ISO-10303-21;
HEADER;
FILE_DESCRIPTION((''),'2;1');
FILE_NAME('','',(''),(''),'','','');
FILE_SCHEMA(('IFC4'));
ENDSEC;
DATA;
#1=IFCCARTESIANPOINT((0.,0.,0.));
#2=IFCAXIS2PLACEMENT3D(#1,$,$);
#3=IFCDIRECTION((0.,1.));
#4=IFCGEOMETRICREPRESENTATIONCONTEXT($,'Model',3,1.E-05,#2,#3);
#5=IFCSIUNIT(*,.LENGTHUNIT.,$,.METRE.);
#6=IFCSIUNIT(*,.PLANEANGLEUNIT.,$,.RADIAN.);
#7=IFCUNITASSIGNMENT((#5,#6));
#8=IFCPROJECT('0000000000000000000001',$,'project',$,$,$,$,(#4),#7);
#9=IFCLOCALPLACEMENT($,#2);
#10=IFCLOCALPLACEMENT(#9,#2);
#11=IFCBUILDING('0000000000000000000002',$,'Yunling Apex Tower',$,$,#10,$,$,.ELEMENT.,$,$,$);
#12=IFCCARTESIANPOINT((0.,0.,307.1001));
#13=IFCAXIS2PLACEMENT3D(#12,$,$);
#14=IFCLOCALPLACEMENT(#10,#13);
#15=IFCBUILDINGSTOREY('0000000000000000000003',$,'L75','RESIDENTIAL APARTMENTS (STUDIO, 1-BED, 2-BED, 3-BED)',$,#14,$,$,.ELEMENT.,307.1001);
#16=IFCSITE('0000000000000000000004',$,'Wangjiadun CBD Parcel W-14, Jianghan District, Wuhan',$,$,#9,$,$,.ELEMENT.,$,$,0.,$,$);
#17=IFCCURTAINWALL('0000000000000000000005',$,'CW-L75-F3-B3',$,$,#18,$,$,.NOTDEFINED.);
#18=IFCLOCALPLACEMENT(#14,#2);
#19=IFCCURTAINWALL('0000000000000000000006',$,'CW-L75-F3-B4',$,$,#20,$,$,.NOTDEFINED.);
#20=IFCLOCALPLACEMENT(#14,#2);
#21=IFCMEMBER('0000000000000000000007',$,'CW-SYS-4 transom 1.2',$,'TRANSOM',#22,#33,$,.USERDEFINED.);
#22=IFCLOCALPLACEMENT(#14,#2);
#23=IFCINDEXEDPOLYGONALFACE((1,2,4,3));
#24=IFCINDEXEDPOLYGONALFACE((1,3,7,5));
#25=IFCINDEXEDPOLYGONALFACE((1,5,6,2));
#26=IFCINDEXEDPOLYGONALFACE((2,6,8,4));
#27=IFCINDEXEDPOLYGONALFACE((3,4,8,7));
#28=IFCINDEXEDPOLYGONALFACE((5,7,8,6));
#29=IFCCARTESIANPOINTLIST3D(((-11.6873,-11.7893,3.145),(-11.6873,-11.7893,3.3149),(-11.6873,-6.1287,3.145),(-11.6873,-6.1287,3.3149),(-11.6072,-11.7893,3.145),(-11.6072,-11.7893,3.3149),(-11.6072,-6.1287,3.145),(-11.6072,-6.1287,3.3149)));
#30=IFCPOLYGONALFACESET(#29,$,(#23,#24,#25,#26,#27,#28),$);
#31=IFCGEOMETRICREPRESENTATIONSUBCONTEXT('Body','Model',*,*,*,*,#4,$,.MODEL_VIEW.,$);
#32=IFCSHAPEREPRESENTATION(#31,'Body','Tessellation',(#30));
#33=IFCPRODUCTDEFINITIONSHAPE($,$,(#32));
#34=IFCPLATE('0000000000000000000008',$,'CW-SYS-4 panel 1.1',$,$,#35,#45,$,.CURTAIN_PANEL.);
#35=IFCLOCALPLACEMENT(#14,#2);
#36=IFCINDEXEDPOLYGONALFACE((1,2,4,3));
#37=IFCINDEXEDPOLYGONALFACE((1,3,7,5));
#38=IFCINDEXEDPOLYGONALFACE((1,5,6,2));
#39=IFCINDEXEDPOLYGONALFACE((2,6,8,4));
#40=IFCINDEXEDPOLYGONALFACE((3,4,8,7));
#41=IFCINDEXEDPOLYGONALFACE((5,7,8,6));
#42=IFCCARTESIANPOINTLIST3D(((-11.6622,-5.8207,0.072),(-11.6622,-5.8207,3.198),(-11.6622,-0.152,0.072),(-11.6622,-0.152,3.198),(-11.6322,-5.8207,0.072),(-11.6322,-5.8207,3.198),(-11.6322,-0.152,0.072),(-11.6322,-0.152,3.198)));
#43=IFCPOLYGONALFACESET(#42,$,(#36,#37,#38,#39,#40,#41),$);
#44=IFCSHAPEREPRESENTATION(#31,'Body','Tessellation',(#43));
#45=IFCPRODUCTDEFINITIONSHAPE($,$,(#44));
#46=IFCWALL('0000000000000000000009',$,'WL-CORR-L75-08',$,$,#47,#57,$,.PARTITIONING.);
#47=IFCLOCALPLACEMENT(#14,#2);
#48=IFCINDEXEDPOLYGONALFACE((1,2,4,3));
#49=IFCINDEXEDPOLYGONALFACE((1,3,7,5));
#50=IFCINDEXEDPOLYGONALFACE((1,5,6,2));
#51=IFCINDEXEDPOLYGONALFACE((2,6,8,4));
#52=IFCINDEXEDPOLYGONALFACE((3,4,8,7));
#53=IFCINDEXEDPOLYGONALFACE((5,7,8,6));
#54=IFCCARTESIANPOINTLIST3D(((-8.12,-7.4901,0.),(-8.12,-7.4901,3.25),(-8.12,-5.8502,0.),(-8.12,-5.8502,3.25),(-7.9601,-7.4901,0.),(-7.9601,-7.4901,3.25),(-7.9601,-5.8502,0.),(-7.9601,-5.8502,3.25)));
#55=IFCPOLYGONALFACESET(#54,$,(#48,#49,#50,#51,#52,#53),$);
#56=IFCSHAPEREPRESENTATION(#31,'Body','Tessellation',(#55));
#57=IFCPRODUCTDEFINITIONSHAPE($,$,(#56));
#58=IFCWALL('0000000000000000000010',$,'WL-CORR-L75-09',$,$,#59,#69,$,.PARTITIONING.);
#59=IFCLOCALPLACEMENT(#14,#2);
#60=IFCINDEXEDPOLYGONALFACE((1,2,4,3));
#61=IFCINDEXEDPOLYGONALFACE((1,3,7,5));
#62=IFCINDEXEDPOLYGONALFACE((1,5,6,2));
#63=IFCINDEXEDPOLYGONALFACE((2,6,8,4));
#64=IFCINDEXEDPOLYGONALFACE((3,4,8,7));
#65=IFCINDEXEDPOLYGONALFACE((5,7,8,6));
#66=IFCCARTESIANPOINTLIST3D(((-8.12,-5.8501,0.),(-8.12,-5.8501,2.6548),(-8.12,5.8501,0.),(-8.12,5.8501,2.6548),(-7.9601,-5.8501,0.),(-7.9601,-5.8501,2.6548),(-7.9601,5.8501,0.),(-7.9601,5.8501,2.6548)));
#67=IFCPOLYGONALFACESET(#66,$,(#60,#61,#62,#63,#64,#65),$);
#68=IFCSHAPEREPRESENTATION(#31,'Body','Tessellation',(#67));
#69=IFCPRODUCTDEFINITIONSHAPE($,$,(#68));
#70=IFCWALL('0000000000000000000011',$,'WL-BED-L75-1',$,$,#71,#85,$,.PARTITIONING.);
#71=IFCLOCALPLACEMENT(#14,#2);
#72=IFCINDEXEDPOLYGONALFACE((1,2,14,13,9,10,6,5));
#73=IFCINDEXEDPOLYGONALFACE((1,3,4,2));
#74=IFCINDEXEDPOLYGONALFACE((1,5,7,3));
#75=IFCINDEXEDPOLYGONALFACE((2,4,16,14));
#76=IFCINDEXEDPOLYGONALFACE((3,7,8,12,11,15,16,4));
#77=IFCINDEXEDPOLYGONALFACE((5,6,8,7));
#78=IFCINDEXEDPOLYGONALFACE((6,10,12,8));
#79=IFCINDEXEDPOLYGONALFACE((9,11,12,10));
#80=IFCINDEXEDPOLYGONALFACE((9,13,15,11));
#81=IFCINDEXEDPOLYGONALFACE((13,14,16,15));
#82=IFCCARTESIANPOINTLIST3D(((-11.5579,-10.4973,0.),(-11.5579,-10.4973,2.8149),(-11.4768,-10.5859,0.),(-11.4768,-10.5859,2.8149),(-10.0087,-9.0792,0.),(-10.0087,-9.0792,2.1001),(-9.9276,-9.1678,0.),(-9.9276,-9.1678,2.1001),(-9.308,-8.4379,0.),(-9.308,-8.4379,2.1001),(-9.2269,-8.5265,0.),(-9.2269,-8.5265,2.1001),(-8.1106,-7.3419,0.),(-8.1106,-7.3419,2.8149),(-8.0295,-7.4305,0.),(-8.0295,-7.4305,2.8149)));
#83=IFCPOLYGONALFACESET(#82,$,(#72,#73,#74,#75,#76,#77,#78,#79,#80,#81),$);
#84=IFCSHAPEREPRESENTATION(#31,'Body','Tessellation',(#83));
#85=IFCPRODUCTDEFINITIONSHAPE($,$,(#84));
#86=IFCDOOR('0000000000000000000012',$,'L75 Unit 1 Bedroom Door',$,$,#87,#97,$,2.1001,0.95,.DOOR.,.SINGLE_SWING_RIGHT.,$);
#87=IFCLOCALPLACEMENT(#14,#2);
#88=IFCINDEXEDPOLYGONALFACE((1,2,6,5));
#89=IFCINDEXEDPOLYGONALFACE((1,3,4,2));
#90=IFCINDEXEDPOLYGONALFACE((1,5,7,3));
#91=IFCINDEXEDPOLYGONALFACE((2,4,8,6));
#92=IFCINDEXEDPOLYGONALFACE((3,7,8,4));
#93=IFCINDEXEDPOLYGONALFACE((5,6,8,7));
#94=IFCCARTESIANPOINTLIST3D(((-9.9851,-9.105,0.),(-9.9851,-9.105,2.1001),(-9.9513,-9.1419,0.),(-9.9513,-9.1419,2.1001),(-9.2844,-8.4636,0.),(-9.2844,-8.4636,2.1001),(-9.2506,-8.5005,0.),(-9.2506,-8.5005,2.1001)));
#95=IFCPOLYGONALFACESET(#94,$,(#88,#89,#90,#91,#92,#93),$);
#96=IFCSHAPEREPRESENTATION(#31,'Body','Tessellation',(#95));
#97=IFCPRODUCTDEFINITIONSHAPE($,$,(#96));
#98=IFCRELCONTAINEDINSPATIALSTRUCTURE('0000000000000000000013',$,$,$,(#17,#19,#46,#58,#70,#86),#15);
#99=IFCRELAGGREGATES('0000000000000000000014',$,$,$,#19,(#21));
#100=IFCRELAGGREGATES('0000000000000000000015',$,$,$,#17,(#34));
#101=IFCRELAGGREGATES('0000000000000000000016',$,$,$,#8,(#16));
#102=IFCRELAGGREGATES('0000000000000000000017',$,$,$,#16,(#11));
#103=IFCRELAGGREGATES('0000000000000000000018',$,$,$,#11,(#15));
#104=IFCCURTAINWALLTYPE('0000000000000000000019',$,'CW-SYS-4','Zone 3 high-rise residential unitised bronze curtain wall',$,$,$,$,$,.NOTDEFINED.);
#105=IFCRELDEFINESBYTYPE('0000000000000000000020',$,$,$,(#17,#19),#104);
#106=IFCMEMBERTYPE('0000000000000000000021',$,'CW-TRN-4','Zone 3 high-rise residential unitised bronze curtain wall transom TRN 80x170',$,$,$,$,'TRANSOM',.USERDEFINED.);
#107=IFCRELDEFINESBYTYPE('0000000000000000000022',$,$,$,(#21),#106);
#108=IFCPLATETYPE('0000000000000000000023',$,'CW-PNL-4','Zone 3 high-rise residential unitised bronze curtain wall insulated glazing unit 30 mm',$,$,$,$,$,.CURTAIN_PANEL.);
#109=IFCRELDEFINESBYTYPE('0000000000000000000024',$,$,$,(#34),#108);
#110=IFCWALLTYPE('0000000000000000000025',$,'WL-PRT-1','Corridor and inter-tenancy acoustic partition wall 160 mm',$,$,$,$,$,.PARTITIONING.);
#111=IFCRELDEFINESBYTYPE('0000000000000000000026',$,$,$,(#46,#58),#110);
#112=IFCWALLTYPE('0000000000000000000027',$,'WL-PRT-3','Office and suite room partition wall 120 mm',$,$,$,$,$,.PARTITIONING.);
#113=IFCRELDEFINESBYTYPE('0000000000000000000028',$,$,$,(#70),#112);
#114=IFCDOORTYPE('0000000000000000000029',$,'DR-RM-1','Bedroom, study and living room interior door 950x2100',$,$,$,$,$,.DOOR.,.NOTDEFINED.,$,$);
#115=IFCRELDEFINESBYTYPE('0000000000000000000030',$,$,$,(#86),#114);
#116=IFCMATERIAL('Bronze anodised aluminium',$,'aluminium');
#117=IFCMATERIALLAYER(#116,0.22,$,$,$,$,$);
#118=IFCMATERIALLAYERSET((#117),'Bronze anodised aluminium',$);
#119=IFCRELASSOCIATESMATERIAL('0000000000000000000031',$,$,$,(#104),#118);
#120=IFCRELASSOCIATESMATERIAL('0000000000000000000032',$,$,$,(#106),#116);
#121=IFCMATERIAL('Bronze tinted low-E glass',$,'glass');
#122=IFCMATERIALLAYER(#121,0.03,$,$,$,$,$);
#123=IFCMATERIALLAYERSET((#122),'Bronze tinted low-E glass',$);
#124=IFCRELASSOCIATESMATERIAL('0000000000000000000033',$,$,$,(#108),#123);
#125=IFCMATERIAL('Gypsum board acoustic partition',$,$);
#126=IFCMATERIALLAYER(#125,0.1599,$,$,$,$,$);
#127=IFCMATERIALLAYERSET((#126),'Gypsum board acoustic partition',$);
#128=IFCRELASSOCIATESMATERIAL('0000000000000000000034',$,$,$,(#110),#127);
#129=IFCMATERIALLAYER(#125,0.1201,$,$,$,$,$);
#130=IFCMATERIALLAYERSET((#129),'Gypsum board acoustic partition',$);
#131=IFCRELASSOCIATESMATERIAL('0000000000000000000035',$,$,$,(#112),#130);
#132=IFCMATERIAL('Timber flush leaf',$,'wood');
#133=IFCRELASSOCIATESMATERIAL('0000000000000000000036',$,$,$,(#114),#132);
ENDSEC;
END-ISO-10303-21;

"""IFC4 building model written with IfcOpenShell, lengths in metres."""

from ifc_helpers import new_model, si_unit, direction, frame, frame_2d, origin, origin_2d, place, context, subcontext, project, spatial, rectangle, extrude, source, transform, mapped, material, layer, layer_set, material_profile, profile_set, type_object, element, fill, aggregate, save


model = new_model("IFC4")

# Units and contexts
model_context = context("Model", 3, precision=1e-05, world=origin(), true_north=direction((0.0, 1.0)))
body_context = subcontext(model_context, "Body", "Model", "MODEL_VIEW")
ifc_project = project(units=[si_unit("LENGTHUNIT", "METRE"), si_unit("PLANEANGLEUNIT", "RADIAN")], contexts=[model_context])

# Site, building, storey
site_placement = place(None, origin())
site = spatial("IfcSite", under=ifc_project, at=site_placement, Name="Wangjiadun CBD Parcel W-14, Jianghan District, Wuhan", CompositionType="ELEMENT", RefElevation=0.0)
building_placement = place(site_placement, origin())
building = spatial("IfcBuilding", under=site, at=building_placement, Name="Yunling Apex Tower", CompositionType="ELEMENT")
storey_placement = place(building_placement, frame((0.0, 0.0, 307.1001)))
storey = spatial("IfcBuildingStorey", under=building, at=storey_placement, Name="L75", Description="RESIDENTIAL APARTMENTS (STUDIO, 1-BED, 2-BED, 3-BED)", CompositionType="ELEMENT", Elevation=307.1001)

# Curtain wall
ifc_material_1 = material(Name="Bronze anodised aluminium", Category="aluminium")
ifc_layer_1 = layer(ifc_material_1, 0.22)
ifc_layer_set_1 = layer_set([ifc_layer_1], Name="Bronze anodised aluminium")
curtain_wall_type = type_object("IfcCurtainWallType", Name="CW-SYS-4", Description="Zone 3 high-rise residential unitised bronze curtain wall", PredefinedType="NOTDEFINED", material=ifc_layer_set_1)
curtain_wall_1_placement = place(storey_placement, origin())
curtain_wall_1 = element("IfcCurtainWall", 1, at=curtain_wall_1_placement, inside=storey, type_object=curtain_wall_type, Name="CW-L75-F3-B3", PredefinedType="NOTDEFINED")

# Curtain wall, member
curtain_wall_2_placement = place(storey_placement, origin())
curtain_wall_2 = element("IfcCurtainWall", 2, at=curtain_wall_2_placement, inside=storey, type_object=curtain_wall_type, Name="CW-L75-F3-B4", PredefinedType="NOTDEFINED")
ifc_material_profile_1 = material_profile(ifc_material_1, rectangle(XDim=0.0801, YDim=0.1699, at=origin_2d()))
ifc_profile_set_1 = profile_set([ifc_material_profile_1], Name="Bronze anodised aluminium")
member_type_1 = type_object("IfcMemberType", Name="CW-TRN-4", Description="Zone 3 high-rise residential unitised bronze curtain wall transom TRN 80x170", ElementType="TRANSOM", PredefinedType="USERDEFINED", material=ifc_profile_set_1)
shared_shape_1 = source(origin(), body_context, "Body", "SweptSolid", [
    extrude(rectangle(XDim=0.0801, YDim=0.1699, at=origin_2d()), origin(), (0.0, 0.0, 1.0), 5.6606),
])
member_1_placement = place(storey_placement, frame((-11.6472, -6.1287, 3.23), z_axis=(0.0, -1.0, 0.0), x_axis=(1.0, 0.0, 0.0)))
member_1 = element("IfcMember", 3, at=member_1_placement, type_object=member_type_1, Name="CW-SYS-4 transom 1.2", ObjectType="TRANSOM", PredefinedType="USERDEFINED", context=body_context, shape_type="MappedRepresentation", body=[
    mapped(shared_shape_1, transform((0.0, 0.0, 0.0), scale=1.0)),
])
aggregate(curtain_wall_2, [member_1])

# Plate
ifc_material_2 = material(Name="Bronze tinted low-E glass", Category="glass")
ifc_layer_2 = layer(ifc_material_2, 0.03)
ifc_layer_set_2 = layer_set([ifc_layer_2], Name="Bronze tinted low-E glass")
plate_type = type_object("IfcPlateType", Name="CW-PNL-4", Description="Zone 3 high-rise residential unitised bronze curtain wall insulated glazing unit 30 mm", PredefinedType="CURTAIN_PANEL", material=ifc_layer_set_2)
shared_shape_2 = source(origin(), body_context, "Body", "SweptSolid", [
    extrude(rectangle(XDim=5.6687, YDim=0.03, at=origin_2d()), origin(), (0.0, 0.0, 1.0), 3.126),
])
plate_placement = place(storey_placement, frame((-11.6472, -2.9863, 0.072), z_axis=(0.0, 0.0, 1.0), x_axis=(0.0, -1.0, 0.0)))
plate = element("IfcPlate", 4, at=plate_placement, type_object=plate_type, Name="CW-SYS-4 panel 1.1", PredefinedType="CURTAIN_PANEL", context=body_context, shape_type="MappedRepresentation", body=[
    mapped(shared_shape_2, transform((0.0, 0.0, 0.0), scale=1.0)),
])
aggregate(curtain_wall_1, [plate])

# Walls
ifc_material_3 = material(Name="Gypsum board acoustic partition")
ifc_layer_3 = layer(ifc_material_3, 0.1599)
ifc_layer_set_3 = layer_set([ifc_layer_3], Name="Gypsum board acoustic partition")
wall_type_1 = type_object("IfcWallType", Name="WL-PRT-1", Description="Corridor and inter-tenancy acoustic partition wall 160 mm", PredefinedType="PARTITIONING", material=ifc_layer_set_3)
wall_1_placement = place(storey_placement, frame((-8.04, -7.49, 0.0), z_axis=(0.0, 0.0, 1.0), x_axis=(0.0, 1.0, 0.0)))
element("IfcWall", 5, at=wall_1_placement, inside=storey, type_object=wall_type_1, Name="WL-CORR-L75-08", PredefinedType="PARTITIONING", context=body_context, shape_type="SweptSolid", body=[
    extrude(rectangle(XDim=1.6399, YDim=0.1599, at=frame_2d((0.8198, 0.0))), origin(), (0.0, 0.0, 1.0), 3.25),
])
wall_2_placement = place(storey_placement, frame((-8.04, -5.8501, 0.0), z_axis=(0.0, 0.0, 1.0), x_axis=(0.0, 1.0, 0.0)))
element("IfcWall", 6, at=wall_2_placement, inside=storey, type_object=wall_type_1, Name="WL-CORR-L75-09", PredefinedType="PARTITIONING", context=body_context, shape_type="SweptSolid", body=[
    extrude(rectangle(XDim=11.7002, YDim=0.1599, at=frame_2d((5.8501, 0.0))), origin(), (0.0, 0.0, 1.0), 2.6548),
])

# Wall, opening, door
ifc_layer_4 = layer(ifc_material_3, 0.1201)
ifc_layer_set_4 = layer_set([ifc_layer_4], Name="Gypsum board acoustic partition")
wall_type_2 = type_object("IfcWallType", Name="WL-PRT-3", Description="Office and suite room partition wall 120 mm", PredefinedType="PARTITIONING", material=ifc_layer_set_4)
wall_3_placement = place(storey_placement, frame((-8.0701, -7.3862, 0.0), z_axis=(0.0, 0.0, 1.0), x_axis=(-0.737657, -0.675176, 0.0)))
wall_3 = element("IfcWall", 7, at=wall_3_placement, inside=storey, type_object=wall_type_2, Name="WL-BED-L75-1", PredefinedType="PARTITIONING", context=body_context, shape_type="SweptSolid", body=[
    extrude(rectangle(XDim=4.6733, YDim=0.1201, at=frame_2d((2.3367, 0.0))), origin(), (0.0, 0.0, 1.0), 2.8149),
])
opening_placement = place(wall_3_placement, frame((1.623, 0.0, 0.0)))
opening = element("IfcOpeningElement", 8, at=opening_placement, cuts=wall_3, PredefinedType="OPENING", context=body_context, shape_type="SweptSolid", body=[
    extrude(rectangle(XDim=0.95, YDim=2.1001, at=frame_2d((0.4751, 1.05))), frame((0.0, 0.0701, 0.0), z_axis=(0.0, -1.0, 0.0), x_axis=(1.0, 0.0, 0.0)), (0.0, 0.0, 1.0), 0.1401),
])
ifc_material_4 = material(Name="Timber flush leaf", Category="wood")
door_type = type_object("IfcDoorType", Name="DR-RM-1", Description="Bedroom, study and living room interior door 950x2100", OperationType="NOTDEFINED", PredefinedType="DOOR", material=ifc_material_4)
door_placement = place(opening_placement, origin())
door = element("IfcDoor", 9, at=door_placement, inside=storey, type_object=door_type, Name="L75 Unit 1 Bedroom Door", OperationType="SINGLE_SWING_RIGHT", OverallHeight=2.1001, OverallWidth=0.95, PredefinedType="DOOR", context=body_context, shape_type="SweptSolid", body=[
    extrude(rectangle(XDim=0.95, YDim=2.1001, at=frame_2d((0.4751, 1.05))), frame((0.0, 0.0249, 0.0), z_axis=(0.0, -1.0, 0.0), x_axis=(1.0, 0.0, 0.0)), (0.0, 0.0, 1.0), 0.05),
])
fill(opening, door)

save(model, "model.ifc")
